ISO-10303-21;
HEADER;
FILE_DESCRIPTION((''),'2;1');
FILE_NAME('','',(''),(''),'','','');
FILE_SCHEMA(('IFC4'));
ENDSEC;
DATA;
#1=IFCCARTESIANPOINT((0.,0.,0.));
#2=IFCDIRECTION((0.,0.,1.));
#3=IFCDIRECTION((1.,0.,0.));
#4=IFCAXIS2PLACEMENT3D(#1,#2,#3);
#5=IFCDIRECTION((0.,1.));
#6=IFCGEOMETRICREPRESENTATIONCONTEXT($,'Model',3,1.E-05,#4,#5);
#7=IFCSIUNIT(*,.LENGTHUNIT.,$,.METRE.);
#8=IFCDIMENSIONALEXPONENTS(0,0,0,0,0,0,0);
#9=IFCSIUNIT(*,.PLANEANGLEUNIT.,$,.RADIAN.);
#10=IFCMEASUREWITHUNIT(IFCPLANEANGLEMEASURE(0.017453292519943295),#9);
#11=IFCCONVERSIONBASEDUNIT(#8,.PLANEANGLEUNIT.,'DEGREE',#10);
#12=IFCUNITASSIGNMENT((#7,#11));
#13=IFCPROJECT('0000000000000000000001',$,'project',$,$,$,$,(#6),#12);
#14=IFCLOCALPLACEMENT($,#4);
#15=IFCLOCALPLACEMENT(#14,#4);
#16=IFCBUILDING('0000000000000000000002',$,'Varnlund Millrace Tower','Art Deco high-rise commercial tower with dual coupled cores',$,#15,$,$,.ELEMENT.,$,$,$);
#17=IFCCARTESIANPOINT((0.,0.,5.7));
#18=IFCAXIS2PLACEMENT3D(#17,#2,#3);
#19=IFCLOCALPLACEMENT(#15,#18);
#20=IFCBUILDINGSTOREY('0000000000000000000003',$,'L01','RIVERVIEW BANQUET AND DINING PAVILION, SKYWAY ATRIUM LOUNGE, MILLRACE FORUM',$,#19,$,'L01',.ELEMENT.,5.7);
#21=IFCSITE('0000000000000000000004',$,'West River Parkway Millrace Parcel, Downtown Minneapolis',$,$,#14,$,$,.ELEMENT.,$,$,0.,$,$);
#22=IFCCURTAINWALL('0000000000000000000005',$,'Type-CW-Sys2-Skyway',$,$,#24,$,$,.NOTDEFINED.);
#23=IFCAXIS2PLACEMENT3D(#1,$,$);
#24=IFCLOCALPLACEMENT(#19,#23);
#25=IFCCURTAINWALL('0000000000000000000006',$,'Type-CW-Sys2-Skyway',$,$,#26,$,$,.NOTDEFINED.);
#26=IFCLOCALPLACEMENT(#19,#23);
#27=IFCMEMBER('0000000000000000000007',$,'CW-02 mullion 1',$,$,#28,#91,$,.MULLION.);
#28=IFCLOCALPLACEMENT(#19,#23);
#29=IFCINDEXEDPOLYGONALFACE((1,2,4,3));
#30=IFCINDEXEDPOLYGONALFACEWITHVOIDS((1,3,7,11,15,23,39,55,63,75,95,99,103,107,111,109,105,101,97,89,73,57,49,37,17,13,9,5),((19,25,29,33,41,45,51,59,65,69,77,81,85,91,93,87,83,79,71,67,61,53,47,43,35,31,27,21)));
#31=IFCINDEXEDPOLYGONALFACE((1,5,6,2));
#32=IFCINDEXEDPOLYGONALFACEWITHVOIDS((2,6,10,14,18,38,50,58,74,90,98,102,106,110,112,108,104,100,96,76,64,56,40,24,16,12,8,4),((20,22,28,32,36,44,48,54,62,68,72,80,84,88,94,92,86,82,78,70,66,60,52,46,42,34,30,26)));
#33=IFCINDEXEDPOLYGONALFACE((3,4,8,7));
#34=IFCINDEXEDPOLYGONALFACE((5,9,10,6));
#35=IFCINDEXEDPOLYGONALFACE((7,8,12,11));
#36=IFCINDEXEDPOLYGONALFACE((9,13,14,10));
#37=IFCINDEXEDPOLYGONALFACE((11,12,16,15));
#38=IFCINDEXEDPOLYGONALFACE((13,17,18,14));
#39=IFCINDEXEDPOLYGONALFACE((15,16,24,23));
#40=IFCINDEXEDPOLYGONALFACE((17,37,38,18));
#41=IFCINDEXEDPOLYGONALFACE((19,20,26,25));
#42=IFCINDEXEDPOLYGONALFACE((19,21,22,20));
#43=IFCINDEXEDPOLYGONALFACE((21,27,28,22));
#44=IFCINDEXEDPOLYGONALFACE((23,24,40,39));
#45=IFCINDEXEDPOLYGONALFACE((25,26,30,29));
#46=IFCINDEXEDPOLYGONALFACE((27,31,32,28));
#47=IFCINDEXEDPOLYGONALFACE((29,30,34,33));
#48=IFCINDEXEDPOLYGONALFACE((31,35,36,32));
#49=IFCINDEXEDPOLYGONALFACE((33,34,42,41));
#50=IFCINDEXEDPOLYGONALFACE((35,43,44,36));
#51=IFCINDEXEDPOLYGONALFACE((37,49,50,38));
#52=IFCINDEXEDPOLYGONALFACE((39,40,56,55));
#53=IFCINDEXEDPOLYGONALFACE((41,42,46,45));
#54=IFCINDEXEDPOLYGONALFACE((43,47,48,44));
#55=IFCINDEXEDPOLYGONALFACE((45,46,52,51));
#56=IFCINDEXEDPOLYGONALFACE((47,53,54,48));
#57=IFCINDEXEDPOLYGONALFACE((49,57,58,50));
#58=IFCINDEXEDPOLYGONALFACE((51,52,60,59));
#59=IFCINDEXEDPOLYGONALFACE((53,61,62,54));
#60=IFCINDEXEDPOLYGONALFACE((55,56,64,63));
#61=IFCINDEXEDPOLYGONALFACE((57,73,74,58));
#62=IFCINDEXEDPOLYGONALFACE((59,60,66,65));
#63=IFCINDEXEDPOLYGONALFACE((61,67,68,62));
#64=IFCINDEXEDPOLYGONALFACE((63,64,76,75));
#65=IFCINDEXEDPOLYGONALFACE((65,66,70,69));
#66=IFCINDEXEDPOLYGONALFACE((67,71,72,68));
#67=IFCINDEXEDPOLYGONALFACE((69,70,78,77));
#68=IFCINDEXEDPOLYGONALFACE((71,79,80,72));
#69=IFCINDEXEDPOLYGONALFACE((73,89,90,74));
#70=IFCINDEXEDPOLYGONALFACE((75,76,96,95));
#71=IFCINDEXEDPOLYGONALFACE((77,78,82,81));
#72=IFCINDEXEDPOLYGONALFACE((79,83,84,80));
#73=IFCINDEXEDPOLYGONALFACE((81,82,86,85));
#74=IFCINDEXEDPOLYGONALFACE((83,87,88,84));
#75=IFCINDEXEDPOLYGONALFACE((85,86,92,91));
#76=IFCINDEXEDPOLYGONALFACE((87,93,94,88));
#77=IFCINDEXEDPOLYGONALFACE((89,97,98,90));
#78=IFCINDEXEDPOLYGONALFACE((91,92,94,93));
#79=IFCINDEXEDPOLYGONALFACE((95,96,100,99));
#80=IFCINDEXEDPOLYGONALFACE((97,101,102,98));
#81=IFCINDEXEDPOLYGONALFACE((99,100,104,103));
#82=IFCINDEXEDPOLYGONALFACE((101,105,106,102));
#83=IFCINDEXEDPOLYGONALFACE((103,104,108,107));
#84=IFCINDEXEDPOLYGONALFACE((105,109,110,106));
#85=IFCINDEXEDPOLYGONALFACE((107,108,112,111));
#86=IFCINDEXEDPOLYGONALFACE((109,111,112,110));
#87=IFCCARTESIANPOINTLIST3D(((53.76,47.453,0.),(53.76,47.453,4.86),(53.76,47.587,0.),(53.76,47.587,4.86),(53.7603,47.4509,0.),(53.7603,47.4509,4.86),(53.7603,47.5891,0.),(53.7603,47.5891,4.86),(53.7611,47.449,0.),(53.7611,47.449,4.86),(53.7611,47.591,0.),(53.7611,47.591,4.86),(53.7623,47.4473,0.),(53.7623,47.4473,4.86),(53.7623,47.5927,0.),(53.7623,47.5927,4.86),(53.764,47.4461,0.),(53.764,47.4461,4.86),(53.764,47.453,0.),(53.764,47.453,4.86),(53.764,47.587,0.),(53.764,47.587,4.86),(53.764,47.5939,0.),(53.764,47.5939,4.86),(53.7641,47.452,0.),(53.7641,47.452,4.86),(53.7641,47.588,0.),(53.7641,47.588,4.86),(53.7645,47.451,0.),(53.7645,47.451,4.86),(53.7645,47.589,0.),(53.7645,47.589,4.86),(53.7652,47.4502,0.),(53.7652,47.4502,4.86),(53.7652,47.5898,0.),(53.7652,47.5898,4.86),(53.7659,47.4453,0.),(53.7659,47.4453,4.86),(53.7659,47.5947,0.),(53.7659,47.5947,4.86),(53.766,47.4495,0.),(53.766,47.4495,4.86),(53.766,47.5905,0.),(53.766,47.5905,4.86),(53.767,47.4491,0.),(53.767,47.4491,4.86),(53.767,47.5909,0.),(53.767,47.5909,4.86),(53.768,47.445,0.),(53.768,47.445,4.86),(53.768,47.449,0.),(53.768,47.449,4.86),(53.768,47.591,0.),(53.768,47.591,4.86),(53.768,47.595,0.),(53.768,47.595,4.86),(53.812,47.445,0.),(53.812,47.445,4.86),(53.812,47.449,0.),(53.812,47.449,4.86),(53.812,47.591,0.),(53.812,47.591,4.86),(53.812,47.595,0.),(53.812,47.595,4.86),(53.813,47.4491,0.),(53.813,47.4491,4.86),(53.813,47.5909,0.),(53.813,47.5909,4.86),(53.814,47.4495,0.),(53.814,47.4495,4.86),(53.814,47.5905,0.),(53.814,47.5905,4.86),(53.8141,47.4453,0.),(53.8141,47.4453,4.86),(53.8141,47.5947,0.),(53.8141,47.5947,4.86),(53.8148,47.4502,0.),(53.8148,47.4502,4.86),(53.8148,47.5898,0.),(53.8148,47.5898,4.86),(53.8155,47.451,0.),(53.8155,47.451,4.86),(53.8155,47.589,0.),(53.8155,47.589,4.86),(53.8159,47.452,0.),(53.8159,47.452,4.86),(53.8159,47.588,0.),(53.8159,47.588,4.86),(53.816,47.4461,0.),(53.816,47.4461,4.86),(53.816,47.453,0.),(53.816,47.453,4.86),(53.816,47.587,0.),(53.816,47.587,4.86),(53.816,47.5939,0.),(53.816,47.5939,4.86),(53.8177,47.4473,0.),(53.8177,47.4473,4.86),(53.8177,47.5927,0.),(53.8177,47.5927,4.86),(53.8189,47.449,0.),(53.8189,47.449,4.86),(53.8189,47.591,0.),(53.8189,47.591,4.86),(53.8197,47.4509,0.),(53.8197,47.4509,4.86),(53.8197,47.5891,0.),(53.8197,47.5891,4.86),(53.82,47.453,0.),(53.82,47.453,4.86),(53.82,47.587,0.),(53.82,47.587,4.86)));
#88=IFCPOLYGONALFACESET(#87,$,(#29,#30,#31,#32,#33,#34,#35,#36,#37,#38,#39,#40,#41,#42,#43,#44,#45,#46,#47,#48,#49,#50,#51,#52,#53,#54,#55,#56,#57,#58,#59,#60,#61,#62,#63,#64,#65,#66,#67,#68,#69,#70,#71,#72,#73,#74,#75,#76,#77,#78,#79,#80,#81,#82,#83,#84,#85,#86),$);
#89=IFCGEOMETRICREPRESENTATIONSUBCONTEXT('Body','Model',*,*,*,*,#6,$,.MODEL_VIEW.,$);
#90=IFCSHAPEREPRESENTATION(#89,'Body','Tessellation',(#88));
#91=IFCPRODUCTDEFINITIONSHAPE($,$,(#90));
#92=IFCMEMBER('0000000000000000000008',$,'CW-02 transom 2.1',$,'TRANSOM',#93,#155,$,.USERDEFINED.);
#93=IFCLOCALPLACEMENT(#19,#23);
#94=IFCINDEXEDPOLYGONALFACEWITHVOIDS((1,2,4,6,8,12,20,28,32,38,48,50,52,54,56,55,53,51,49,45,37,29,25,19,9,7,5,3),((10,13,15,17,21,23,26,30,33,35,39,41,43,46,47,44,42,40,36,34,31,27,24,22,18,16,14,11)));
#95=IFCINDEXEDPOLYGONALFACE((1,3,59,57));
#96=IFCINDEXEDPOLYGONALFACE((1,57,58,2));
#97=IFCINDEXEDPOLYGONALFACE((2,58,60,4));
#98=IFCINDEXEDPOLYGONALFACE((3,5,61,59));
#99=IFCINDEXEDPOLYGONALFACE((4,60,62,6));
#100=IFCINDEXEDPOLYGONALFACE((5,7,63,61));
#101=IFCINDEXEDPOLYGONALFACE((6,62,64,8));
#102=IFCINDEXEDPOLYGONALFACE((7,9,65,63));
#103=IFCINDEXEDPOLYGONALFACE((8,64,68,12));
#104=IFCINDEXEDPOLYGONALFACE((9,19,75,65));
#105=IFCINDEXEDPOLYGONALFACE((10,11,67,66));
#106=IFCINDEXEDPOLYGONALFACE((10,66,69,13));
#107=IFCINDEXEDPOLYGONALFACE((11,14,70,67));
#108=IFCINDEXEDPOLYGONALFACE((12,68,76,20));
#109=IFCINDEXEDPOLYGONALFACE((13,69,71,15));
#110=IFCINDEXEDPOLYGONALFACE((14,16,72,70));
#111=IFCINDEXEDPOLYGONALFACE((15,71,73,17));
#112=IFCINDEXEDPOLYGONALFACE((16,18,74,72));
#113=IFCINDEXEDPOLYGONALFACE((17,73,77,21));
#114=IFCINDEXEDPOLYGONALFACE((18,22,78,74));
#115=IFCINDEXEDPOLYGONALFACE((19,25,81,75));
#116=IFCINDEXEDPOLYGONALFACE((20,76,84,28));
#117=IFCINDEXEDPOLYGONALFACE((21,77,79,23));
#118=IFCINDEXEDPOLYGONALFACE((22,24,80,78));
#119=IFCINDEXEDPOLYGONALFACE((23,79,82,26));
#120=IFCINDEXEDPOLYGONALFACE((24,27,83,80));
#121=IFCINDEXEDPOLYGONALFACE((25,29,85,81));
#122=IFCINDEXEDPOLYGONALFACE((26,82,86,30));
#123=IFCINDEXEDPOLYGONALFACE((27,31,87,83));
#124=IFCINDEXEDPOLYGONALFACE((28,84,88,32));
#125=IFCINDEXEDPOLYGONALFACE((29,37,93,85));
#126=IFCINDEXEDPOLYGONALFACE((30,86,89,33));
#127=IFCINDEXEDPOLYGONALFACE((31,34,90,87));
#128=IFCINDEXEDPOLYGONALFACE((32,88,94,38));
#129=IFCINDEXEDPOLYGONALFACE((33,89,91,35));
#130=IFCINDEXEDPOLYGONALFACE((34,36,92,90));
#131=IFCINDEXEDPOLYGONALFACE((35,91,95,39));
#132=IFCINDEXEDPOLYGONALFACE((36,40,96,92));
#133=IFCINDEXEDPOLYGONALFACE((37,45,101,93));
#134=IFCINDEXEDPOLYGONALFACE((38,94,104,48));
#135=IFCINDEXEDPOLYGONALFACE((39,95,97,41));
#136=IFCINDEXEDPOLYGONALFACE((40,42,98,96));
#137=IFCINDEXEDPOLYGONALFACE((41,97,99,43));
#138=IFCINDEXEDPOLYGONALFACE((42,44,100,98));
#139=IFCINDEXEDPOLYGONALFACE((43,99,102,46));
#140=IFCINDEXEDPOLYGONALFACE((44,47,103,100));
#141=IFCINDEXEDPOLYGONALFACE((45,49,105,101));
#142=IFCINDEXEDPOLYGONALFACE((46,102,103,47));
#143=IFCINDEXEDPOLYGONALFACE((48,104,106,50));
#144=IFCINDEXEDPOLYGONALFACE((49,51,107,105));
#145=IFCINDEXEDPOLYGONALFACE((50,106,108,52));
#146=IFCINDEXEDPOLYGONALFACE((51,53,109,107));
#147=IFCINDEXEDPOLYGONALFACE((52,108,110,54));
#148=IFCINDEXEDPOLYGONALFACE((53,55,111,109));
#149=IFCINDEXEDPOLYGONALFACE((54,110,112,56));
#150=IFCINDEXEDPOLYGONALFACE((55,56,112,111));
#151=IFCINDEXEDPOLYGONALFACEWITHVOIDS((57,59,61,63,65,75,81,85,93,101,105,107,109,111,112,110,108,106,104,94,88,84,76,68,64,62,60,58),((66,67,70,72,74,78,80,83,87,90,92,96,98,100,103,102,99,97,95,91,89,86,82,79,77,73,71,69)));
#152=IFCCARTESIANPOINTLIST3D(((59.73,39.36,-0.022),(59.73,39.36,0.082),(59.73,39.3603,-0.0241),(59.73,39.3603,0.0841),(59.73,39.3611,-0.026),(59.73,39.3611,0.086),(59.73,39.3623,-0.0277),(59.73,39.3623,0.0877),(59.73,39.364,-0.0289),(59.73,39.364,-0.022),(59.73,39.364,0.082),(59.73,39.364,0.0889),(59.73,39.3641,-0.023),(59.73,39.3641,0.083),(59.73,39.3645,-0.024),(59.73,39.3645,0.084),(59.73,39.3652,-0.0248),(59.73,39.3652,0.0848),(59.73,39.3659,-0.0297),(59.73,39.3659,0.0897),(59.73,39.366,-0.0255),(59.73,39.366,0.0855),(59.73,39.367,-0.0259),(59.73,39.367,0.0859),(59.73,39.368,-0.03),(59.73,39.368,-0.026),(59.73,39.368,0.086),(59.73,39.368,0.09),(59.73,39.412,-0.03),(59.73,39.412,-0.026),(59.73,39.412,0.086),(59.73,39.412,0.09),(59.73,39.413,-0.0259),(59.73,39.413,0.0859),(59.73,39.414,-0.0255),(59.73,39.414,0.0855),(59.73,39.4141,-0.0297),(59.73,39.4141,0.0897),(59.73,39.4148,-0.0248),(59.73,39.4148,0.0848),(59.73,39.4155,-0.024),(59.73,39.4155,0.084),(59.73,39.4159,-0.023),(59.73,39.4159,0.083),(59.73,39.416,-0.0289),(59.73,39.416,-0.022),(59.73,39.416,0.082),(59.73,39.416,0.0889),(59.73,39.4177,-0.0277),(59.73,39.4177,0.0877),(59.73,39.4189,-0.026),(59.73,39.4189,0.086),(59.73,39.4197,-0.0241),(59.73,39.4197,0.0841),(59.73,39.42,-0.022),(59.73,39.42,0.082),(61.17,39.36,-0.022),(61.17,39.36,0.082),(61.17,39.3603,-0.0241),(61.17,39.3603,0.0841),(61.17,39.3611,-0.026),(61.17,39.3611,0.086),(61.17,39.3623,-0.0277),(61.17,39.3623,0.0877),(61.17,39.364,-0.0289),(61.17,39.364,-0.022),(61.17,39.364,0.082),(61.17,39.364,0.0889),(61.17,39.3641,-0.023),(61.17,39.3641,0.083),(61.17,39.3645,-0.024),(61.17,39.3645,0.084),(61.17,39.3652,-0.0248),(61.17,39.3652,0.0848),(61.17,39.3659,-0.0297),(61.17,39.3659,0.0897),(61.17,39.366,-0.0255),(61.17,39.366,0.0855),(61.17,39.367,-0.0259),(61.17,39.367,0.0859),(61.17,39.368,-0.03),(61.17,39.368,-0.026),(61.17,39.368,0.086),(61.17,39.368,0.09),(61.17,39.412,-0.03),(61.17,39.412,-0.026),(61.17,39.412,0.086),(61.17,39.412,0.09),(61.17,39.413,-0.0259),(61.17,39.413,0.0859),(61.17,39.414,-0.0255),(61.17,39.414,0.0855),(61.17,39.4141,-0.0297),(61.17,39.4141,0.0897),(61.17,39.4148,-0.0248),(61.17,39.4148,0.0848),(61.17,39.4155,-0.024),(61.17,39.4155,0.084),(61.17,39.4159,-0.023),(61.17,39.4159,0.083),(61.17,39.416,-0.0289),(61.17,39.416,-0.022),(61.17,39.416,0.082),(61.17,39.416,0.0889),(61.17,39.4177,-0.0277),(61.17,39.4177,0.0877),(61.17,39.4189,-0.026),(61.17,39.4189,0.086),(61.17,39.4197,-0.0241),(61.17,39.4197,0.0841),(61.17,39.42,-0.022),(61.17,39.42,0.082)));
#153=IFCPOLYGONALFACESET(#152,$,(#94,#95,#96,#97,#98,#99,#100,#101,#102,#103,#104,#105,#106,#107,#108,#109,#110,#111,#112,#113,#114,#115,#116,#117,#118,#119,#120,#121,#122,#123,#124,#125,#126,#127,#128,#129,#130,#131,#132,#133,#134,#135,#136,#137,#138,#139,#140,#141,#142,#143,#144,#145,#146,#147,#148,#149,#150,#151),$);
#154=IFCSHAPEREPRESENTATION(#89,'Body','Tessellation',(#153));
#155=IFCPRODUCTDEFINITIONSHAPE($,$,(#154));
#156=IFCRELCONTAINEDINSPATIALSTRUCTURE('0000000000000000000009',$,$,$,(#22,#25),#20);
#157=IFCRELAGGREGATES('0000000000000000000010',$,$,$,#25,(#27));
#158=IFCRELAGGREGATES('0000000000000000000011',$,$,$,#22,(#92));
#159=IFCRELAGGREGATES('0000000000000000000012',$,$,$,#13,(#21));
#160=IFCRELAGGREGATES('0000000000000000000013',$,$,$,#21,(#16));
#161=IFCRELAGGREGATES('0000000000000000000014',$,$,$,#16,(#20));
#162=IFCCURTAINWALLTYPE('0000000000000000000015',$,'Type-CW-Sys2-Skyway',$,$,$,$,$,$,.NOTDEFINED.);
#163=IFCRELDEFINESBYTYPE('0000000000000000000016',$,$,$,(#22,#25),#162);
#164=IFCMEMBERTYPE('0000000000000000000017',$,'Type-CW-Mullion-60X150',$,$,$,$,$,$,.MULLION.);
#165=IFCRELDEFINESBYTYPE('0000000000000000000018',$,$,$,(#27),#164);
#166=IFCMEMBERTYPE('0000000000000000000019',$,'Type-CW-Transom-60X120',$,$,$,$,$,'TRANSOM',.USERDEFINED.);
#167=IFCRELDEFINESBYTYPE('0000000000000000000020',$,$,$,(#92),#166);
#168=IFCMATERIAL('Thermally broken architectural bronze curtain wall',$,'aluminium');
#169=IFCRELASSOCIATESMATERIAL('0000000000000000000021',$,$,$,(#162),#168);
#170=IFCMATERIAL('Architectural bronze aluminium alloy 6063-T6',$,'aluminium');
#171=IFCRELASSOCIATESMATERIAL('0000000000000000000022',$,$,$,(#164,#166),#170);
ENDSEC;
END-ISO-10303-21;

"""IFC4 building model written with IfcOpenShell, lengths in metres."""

from ifc_helpers import new_model, entity, si_unit, converted_unit, direction, frame, origin_with_axes, origin_2d_with_axis, place, context, subcontext, project, spatial, hollow_rectangle, extrude, material, material_profile, profile_set, type_object, element, aggregate, save


model = new_model("IFC4")

# Units and contexts
model_context = context("Model", 3, precision=1e-05, world=origin_with_axes(), true_north=direction((0.0, 1.0)))
body_context = subcontext(model_context, "Body", "Model", "MODEL_VIEW")
ifc_project = project(units=[si_unit("LENGTHUNIT", "METRE"), converted_unit("PLANEANGLEUNIT", "DEGREE", entity("IfcPlaneAngleMeasure", 0.017453292519943295), si_unit("PLANEANGLEUNIT", "RADIAN"), dimensions=[0, 0, 0, 0, 0, 0, 0])], contexts=[model_context])

# Site, building, storey
site_placement = place(None, origin_with_axes())
site = spatial("IfcSite", under=ifc_project, at=site_placement, Name="West River Parkway Millrace Parcel, Downtown Minneapolis", CompositionType="ELEMENT", RefElevation=0.0)
building_placement = place(site_placement, origin_with_axes())
building = spatial("IfcBuilding", under=site, at=building_placement, Name="Varnlund Millrace Tower", Description="Art Deco high-rise commercial tower with dual coupled cores", CompositionType="ELEMENT")
storey_placement = place(building_placement, frame((0.0, 0.0, 5.7), z_axis=(0.0, 0.0, 1.0), x_axis=(1.0, 0.0, 0.0)))
storey = spatial("IfcBuildingStorey", under=building, at=storey_placement, Name="L01", Description="RIVERVIEW BANQUET AND DINING PAVILION, SKYWAY ATRIUM LOUNGE, MILLRACE FORUM", LongName="L01", CompositionType="ELEMENT", Elevation=5.7)

# Curtain wall
ifc_material_1 = material(Name="Thermally broken architectural bronze curtain wall", Category="aluminium")
curtain_wall_type = type_object("IfcCurtainWallType", Name="Type-CW-Sys2-Skyway", PredefinedType="NOTDEFINED", material=ifc_material_1)
curtain_wall_1_placement = place(storey_placement, frame((58.2, 39.39, 0.0), z_axis=(0.0, 0.0, 1.0), x_axis=(1.0, 0.0, 0.0)))
curtain_wall_1 = element("IfcCurtainWall", 1, at=curtain_wall_1_placement, inside=storey, type_object=curtain_wall_type, Name="Type-CW-Sys2-Skyway", PredefinedType="NOTDEFINED")
ifc_material_2 = material(Name="Architectural bronze aluminium alloy 6063-T6", Category="aluminium")
ifc_material_profile_1 = material_profile(ifc_material_2, hollow_rectangle(XDim=0.06, YDim=0.15, WallThickness=0.004, InnerFilletRadius=0.004, OuterFilletRadius=0.008, at=origin_2d_with_axis()), Name="Architectural bronze aluminium alloy 6063-T6")
ifc_profile_set_1 = profile_set([ifc_material_profile_1], Name="Architectural bronze aluminium alloy 6063-T6")
member_type_1 = type_object("IfcMemberType", Name="Type-CW-Mullion-60X150", PredefinedType="MULLION", material=ifc_profile_set_1)

# Curtain wall, member
curtain_wall_2_placement = place(storey_placement, frame((53.79, 47.55, 0.0), z_axis=(0.0, 0.0, 1.0), x_axis=(1.0, 0.0, 0.0)))
curtain_wall_2 = element("IfcCurtainWall", 2, at=curtain_wall_2_placement, inside=storey, type_object=curtain_wall_type, Name="Type-CW-Sys2-Skyway", PredefinedType="NOTDEFINED")
member_1_placement = place(storey_placement, frame((53.79, 47.52, 0.0), z_axis=(0.0, 0.0, 1.0), x_axis=(1.0, 0.0, 0.0)))
member_1 = element("IfcMember", 3, at=member_1_placement, type_object=member_type_1, Name="CW-02 mullion 1", PredefinedType="MULLION", context=body_context, shape_type="SweptSolid", body=[
    extrude(hollow_rectangle(XDim=0.06, YDim=0.15, WallThickness=0.004, InnerFilletRadius=0.004, OuterFilletRadius=0.008, at=origin_2d_with_axis()), origin_with_axes(), (0.0, 0.0, 1.0), 4.86),
])

# Member
ifc_material_profile_2 = material_profile(ifc_material_2, hollow_rectangle(XDim=0.06, YDim=0.12, WallThickness=0.004, InnerFilletRadius=0.004, OuterFilletRadius=0.008, at=origin_2d_with_axis()), Name="Architectural bronze aluminium alloy 6063-T6")
ifc_profile_set_2 = profile_set([ifc_material_profile_2], Name="Architectural bronze aluminium alloy 6063-T6")
member_type_2 = type_object("IfcMemberType", Name="Type-CW-Transom-60X120", ElementType="TRANSOM", PredefinedType="USERDEFINED", material=ifc_profile_set_2)
member_2_placement = place(storey_placement, frame((59.73, 39.39, 0.03), z_axis=(1.0, 0.0, 0.0), x_axis=(0.0, 1.0, 0.0)))
member_2 = element("IfcMember", 4, at=member_2_placement, type_object=member_type_2, Name="CW-02 transom 2.1", ObjectType="TRANSOM", PredefinedType="USERDEFINED", context=body_context, shape_type="SweptSolid", body=[
    extrude(hollow_rectangle(XDim=0.06, YDim=0.12, WallThickness=0.004, InnerFilletRadius=0.004, OuterFilletRadius=0.008, at=origin_2d_with_axis()), origin_with_axes(), (0.0, 0.0, 1.0), 1.44),
])
aggregate(curtain_wall_2, [member_1])

aggregate(curtain_wall_1, [member_2])

save(model, "model.ifc")
